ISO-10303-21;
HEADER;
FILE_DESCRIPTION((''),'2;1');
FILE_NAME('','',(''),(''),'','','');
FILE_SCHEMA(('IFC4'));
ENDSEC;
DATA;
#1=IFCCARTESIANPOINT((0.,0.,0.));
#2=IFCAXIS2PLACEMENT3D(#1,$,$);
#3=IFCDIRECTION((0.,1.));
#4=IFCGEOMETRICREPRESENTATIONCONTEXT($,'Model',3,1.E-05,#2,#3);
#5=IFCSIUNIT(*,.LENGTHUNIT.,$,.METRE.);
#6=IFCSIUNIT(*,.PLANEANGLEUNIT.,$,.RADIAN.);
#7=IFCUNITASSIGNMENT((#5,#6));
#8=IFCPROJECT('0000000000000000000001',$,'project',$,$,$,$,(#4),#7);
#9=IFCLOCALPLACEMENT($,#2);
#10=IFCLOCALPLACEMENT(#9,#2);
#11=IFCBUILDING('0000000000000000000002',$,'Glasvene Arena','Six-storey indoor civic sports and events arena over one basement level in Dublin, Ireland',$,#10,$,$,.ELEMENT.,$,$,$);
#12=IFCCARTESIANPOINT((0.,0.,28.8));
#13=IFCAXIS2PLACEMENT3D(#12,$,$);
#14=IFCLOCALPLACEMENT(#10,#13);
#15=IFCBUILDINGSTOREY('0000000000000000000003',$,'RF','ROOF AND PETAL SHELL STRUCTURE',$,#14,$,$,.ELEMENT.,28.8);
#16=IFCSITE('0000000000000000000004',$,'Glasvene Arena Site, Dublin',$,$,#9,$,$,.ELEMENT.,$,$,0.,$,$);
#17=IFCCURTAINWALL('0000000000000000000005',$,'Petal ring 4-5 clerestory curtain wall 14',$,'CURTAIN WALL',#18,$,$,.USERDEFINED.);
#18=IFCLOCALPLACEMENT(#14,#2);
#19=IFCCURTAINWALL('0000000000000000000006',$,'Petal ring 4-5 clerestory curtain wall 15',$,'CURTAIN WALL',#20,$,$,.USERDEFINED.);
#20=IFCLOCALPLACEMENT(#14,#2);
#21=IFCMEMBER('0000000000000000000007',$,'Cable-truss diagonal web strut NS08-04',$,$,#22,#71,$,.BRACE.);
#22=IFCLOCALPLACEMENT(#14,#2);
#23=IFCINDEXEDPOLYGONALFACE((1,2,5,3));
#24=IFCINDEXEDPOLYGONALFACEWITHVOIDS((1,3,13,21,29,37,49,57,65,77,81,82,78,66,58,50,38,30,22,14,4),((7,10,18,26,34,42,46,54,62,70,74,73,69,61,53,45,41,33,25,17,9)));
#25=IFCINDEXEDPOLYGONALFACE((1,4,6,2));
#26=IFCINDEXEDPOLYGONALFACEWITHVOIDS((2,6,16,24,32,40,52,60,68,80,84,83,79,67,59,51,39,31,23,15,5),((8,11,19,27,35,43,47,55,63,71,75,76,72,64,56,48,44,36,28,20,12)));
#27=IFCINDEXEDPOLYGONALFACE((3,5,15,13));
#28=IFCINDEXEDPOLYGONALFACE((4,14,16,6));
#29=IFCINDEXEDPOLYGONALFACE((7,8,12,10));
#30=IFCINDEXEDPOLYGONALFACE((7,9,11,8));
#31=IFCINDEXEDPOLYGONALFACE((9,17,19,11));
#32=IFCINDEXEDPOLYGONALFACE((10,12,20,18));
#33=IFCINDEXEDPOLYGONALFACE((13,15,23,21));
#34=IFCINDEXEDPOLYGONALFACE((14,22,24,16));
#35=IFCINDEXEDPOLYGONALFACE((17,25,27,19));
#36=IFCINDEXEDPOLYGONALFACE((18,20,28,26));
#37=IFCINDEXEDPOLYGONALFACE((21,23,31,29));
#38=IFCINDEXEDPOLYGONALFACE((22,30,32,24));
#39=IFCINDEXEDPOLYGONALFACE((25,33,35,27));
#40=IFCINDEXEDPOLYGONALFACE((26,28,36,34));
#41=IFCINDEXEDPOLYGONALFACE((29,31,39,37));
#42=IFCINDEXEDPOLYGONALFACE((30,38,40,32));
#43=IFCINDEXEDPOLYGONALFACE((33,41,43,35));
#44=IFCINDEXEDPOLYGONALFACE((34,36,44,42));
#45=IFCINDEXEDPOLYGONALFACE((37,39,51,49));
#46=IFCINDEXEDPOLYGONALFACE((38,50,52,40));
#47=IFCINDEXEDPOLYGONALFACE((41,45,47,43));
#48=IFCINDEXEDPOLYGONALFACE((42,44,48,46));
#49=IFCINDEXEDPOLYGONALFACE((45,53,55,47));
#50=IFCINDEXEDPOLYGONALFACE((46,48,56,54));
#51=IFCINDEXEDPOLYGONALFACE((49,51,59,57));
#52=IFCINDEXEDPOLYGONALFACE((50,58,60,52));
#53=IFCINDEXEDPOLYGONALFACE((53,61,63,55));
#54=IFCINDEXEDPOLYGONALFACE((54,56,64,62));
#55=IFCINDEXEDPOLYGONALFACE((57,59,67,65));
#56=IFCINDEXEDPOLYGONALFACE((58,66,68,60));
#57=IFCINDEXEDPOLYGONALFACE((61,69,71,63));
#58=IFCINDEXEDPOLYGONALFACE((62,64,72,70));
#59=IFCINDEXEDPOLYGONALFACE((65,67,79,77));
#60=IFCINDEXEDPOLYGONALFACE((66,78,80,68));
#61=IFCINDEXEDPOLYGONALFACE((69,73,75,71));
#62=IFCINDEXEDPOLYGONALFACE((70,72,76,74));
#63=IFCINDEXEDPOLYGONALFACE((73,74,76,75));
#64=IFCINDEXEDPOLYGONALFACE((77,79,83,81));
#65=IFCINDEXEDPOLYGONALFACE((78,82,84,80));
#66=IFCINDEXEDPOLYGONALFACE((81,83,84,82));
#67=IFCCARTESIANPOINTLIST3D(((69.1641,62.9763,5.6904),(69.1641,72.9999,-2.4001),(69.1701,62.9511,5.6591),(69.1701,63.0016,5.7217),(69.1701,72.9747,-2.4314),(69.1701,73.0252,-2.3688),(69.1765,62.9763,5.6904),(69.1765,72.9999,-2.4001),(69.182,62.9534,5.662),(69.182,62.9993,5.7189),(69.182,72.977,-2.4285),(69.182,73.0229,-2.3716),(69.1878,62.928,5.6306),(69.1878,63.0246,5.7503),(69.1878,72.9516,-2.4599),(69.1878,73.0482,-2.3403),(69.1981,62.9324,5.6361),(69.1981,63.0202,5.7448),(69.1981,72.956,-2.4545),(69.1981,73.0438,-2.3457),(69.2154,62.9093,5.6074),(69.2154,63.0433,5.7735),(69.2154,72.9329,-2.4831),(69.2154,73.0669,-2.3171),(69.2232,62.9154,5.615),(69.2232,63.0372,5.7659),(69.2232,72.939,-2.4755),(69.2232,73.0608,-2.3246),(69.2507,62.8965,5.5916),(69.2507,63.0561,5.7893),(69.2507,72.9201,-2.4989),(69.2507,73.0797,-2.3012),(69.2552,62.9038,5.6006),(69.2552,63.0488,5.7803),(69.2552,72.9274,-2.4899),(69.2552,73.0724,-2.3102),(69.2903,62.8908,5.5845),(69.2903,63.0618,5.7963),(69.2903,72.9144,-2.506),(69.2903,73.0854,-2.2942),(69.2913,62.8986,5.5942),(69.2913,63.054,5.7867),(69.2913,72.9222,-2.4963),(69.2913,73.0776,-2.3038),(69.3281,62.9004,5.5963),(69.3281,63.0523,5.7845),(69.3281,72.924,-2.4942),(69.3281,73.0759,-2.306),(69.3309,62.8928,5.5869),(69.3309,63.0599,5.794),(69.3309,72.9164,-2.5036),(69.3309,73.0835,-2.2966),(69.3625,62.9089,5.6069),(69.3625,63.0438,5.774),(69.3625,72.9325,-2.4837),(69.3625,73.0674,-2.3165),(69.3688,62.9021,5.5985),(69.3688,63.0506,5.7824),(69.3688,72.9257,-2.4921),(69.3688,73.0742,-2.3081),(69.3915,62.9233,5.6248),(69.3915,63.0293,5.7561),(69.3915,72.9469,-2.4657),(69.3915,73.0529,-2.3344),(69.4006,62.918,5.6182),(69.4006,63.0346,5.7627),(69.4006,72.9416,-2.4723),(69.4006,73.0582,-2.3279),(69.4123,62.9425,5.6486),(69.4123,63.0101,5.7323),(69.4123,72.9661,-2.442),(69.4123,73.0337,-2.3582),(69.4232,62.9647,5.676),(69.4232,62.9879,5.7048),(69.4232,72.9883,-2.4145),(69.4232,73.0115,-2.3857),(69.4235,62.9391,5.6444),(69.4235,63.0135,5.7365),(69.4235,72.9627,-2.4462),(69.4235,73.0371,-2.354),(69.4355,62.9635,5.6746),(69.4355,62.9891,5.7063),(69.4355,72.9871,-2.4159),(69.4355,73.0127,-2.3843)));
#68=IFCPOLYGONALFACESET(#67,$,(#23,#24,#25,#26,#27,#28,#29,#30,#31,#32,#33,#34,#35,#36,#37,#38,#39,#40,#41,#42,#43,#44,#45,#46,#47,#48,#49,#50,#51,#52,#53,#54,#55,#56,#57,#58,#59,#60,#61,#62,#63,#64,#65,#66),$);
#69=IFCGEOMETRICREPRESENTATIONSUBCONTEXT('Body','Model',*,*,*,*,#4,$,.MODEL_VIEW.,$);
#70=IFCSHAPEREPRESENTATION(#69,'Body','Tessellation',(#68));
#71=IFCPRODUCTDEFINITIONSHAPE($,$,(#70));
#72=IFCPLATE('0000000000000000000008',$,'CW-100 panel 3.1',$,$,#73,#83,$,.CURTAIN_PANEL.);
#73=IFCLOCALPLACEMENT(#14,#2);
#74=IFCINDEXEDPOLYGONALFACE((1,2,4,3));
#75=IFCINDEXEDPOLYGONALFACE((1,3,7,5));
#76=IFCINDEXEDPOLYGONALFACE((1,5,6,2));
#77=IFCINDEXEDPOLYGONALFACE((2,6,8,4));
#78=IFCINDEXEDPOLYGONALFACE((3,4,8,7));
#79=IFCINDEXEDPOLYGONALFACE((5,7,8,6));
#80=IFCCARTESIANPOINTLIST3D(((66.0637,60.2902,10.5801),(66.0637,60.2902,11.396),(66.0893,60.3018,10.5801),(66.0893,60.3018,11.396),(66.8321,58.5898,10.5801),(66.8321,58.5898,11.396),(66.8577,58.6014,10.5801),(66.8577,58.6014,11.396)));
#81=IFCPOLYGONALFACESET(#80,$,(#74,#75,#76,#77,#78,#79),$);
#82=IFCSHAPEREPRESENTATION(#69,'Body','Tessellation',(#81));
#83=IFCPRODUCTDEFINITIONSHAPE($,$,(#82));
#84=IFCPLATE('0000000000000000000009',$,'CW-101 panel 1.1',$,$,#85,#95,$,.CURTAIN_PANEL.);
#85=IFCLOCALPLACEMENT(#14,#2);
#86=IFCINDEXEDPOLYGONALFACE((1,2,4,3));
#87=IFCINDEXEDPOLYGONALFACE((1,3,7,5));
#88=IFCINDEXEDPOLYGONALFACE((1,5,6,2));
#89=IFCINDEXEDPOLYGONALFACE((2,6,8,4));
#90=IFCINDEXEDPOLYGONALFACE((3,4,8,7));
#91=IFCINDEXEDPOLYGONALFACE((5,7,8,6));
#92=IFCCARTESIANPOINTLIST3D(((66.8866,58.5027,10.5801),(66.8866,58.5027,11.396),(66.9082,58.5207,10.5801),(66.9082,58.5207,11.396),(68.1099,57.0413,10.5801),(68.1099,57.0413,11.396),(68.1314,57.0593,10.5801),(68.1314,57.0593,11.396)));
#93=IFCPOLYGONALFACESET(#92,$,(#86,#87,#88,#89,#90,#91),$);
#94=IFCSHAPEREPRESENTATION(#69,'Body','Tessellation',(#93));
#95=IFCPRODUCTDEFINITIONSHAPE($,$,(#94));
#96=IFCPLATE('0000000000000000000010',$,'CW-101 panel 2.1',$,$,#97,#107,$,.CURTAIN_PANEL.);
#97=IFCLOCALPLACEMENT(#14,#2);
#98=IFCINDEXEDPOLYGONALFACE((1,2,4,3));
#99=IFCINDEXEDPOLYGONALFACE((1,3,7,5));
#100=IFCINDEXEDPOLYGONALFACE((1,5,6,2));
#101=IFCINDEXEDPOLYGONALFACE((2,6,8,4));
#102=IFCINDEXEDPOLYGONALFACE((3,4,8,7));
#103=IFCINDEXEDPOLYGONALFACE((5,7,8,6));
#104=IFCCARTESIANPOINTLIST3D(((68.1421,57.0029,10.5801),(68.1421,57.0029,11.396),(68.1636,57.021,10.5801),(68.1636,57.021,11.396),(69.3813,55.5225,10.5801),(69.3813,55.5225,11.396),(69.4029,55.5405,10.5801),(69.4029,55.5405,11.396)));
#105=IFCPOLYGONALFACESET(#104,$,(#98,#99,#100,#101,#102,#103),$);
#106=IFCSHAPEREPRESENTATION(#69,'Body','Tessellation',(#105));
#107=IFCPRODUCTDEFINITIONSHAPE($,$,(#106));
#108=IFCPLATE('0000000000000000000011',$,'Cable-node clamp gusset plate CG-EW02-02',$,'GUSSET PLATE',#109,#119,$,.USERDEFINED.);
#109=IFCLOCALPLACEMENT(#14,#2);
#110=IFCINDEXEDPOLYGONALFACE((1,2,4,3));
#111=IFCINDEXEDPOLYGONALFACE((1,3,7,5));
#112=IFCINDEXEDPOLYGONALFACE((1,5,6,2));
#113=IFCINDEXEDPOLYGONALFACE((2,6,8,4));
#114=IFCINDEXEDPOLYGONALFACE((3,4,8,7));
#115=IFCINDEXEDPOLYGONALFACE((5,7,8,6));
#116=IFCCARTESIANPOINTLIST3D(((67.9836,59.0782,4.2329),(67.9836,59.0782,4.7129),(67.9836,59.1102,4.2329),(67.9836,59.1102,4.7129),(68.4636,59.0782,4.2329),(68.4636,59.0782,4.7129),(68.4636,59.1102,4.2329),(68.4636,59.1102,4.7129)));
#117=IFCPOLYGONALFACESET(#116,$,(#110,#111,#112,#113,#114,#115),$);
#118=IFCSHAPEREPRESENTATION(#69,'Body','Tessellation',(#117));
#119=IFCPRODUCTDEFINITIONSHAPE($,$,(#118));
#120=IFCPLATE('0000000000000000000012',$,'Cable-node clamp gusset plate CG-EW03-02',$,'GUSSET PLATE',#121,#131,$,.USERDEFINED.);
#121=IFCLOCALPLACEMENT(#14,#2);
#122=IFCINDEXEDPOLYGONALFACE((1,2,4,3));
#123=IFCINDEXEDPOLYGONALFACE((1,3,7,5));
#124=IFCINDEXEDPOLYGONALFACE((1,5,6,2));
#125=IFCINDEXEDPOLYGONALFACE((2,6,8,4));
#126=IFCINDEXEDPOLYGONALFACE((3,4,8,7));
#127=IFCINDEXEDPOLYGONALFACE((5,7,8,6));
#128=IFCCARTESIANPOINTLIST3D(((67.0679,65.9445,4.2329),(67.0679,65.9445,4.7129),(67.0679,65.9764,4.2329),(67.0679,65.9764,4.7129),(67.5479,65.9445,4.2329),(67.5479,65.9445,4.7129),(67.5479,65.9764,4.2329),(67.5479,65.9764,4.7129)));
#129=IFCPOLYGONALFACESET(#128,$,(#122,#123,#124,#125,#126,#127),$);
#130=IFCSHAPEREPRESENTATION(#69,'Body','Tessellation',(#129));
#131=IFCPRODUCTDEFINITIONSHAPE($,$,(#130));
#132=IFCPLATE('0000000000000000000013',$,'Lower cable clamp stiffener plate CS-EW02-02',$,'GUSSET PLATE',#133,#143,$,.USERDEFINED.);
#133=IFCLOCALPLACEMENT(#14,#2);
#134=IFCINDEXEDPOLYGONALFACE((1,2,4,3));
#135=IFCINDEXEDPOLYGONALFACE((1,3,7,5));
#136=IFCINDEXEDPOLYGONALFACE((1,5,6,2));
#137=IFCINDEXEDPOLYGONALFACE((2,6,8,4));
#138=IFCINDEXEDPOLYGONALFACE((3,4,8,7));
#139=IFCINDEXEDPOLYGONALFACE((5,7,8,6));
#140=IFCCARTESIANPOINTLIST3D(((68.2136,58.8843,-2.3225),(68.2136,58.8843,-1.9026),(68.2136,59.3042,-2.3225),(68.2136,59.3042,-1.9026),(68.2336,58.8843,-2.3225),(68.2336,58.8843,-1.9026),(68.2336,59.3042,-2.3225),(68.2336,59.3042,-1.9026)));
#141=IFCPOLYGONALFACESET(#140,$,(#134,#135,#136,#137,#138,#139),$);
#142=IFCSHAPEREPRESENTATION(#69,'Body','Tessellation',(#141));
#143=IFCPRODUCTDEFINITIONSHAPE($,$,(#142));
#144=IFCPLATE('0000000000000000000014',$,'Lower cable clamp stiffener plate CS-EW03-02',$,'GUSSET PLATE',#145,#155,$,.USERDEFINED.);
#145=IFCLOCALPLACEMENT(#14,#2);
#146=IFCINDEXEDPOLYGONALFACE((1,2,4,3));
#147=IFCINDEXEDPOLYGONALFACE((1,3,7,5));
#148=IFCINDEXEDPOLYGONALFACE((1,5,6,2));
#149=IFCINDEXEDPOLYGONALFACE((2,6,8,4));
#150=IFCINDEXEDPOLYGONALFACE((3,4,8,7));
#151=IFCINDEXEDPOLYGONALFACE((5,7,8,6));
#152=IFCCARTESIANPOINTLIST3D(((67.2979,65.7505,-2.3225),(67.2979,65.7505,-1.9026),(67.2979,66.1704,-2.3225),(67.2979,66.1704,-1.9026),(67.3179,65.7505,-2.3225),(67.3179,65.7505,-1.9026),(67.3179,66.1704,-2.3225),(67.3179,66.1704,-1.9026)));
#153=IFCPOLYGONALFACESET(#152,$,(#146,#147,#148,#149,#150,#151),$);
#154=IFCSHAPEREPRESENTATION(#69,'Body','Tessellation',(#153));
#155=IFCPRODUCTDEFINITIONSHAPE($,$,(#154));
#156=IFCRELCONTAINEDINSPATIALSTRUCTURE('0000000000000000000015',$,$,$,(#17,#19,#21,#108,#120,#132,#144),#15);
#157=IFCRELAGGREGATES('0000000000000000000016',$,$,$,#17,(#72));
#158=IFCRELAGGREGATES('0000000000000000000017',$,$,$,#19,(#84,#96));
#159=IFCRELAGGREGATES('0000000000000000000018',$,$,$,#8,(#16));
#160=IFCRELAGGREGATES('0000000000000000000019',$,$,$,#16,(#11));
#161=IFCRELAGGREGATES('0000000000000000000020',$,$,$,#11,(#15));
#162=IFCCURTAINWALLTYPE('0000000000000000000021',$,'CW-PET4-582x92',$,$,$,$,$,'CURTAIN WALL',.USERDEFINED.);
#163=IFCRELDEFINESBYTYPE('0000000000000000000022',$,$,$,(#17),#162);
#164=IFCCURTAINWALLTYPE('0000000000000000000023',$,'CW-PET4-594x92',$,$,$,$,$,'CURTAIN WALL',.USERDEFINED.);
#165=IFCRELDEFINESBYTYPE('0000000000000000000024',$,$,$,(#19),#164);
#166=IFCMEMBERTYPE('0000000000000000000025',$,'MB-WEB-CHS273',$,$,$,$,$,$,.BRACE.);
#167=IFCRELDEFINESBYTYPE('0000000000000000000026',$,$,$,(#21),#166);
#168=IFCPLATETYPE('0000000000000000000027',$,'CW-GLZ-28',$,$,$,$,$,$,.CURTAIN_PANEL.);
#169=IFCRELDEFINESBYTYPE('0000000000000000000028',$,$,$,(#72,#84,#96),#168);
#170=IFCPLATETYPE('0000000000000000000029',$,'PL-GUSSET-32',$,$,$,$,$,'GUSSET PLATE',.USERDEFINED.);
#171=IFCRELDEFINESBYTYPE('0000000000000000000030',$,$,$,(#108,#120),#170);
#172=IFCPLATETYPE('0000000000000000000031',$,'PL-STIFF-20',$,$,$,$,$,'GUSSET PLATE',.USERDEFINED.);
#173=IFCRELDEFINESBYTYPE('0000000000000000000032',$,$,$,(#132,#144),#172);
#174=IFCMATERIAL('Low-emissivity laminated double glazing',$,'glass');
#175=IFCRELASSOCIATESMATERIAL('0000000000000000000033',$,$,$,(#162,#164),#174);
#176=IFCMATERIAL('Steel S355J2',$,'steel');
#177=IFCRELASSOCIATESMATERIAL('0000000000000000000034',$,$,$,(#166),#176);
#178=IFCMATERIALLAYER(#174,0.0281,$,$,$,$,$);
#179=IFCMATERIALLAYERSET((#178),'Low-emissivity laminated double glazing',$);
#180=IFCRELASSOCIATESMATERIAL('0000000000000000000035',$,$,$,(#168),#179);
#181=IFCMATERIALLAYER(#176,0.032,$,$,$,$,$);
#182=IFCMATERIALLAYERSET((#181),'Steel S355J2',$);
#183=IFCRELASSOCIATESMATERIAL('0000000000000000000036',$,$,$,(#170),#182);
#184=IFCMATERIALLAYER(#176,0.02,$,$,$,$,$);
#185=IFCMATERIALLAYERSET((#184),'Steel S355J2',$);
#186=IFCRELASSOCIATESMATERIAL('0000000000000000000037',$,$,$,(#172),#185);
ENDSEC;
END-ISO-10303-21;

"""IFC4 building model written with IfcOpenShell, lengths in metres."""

from ifc_helpers import new_model, si_unit, direction, frame, origin, origin_2d, place, context, subcontext, project, spatial, rectangle, hollow_circle, extrude, material, layer, layer_set, material_profile, profile_set, type_object, element, aggregate, save


model = new_model("IFC4")

# Units and contexts
model_context = context("Model", 3, precision=1e-05, world=origin(), true_north=direction((0.0, 1.0)))
body_context = subcontext(model_context, "Body", "Model", "MODEL_VIEW")
ifc_project = project(units=[si_unit("LENGTHUNIT", "METRE"), si_unit("PLANEANGLEUNIT", "RADIAN")], contexts=[model_context])

# Site, building, storey
site_placement = place(None, origin())
site = spatial("IfcSite", under=ifc_project, at=site_placement, Name="Glasvene Arena Site, Dublin", CompositionType="ELEMENT", RefElevation=0.0)
building_placement = place(site_placement, origin())
building = spatial("IfcBuilding", under=site, at=building_placement, Name="Glasvene Arena", Description="Six-storey indoor civic sports and events arena over one basement level in Dublin, Ireland", CompositionType="ELEMENT")
storey_placement = place(building_placement, frame((0.0, 0.0, 28.8)))
storey = spatial("IfcBuildingStorey", under=building, at=storey_placement, Name="RF", Description="ROOF AND PETAL SHELL STRUCTURE", CompositionType="ELEMENT", Elevation=28.8)

# Curtain walls
ifc_material_1 = material(Name="Low-emissivity laminated double glazing", Category="glass")
curtain_wall_type_1 = type_object("IfcCurtainWallType", Name="CW-PET4-582x92", ElementType="CURTAIN WALL", PredefinedType="USERDEFINED", material=ifc_material_1)
curtain_wall_1_placement = place(storey_placement, frame((64.4678, 63.856, 0.0)))
curtain_wall_1 = element("IfcCurtainWall", 1, at=curtain_wall_1_placement, inside=storey, type_object=curtain_wall_type_1, Name="Petal ring 4-5 clerestory curtain wall 14", ObjectType="CURTAIN WALL", PredefinedType="USERDEFINED")
curtain_wall_type_2 = type_object("IfcCurtainWallType", Name="CW-PET4-594x92", ElementType="CURTAIN WALL", PredefinedType="USERDEFINED", material=ifc_material_1)
curtain_wall_2_placement = place(storey_placement, frame((66.8655, 58.55, 0.0)))
curtain_wall_2 = element("IfcCurtainWall", 2, at=curtain_wall_2_placement, inside=storey, type_object=curtain_wall_type_2, Name="Petal ring 4-5 clerestory curtain wall 15", ObjectType="CURTAIN WALL", PredefinedType="USERDEFINED")

# Member
ifc_material_2 = material(Name="Steel S355J2", Category="steel")
ifc_material_profile_1 = material_profile(ifc_material_2, hollow_circle(Radius=0.1365, WallThickness=0.0125, at=origin_2d()), Name="CHS 273.0x12.5")
ifc_profile_set_1 = profile_set([ifc_material_profile_1], Name="Steel S355J2")
member_type_1 = type_object("IfcMemberType", Name="MB-WEB-CHS273", PredefinedType="BRACE", material=ifc_profile_set_1)
member_1_placement = place(storey_placement, frame((69.3005, 62.9763, 5.6904), z_axis=(0.0, 0.778149, -0.62808), x_axis=(-1.0, 0.0, 0.0)))
element("IfcMember", 3, at=member_1_placement, inside=storey, type_object=member_type_1, Name="Cable-truss diagonal web strut NS08-04", PredefinedType="BRACE", context=body_context, shape_type="SweptSolid", body=[
    extrude(hollow_circle(Radius=0.1365, WallThickness=0.0125, at=origin_2d()), origin(), (0.0, 0.0, 1.0), 12.8813),
])

# Plates
ifc_layer_1 = layer(ifc_material_1, 0.0281)
ifc_layer_set_1 = layer_set([ifc_layer_1], Name="Low-emissivity laminated double glazing")
plate_type_1 = type_object("IfcPlateType", Name="CW-GLZ-28", PredefinedType="CURTAIN_PANEL", material=ifc_layer_set_1)
plate_1_placement = place(storey_placement, frame((66.4607, 59.4458, 10.5801), z_axis=(0.0, 0.0, 1.0), x_axis=(0.411778, -0.911284, 0.0)))
plate_1 = element("IfcPlate", 4, at=plate_1_placement, type_object=plate_type_1, Name="CW-100 panel 3.1", PredefinedType="CURTAIN_PANEL", context=body_context, shape_type="SweptSolid", body=[
    extrude(rectangle(XDim=1.866, YDim=0.0281, at=origin_2d()), origin(), (0.0, 0.0, 1.0), 0.8159),
])
aggregate(curtain_wall_1, [plate_1])
plate_2_placement = place(storey_placement, frame((67.509, 57.781, 10.5801), z_axis=(0.0, 0.0, 1.0), x_axis=(0.64188, -0.766805, 0.0)))
plate_2 = element("IfcPlate", 5, at=plate_2_placement, type_object=plate_type_1, Name="CW-101 panel 1.1", PredefinedType="CURTAIN_PANEL", context=body_context, shape_type="SweptSolid", body=[
    extrude(rectangle(XDim=1.9058, YDim=0.0281, at=origin_2d()), origin(), (0.0, 0.0, 1.0), 0.8159),
])
plate_3_placement = place(storey_placement, frame((68.7725, 56.2717, 10.5801), z_axis=(0.0, 0.0, 1.0), x_axis=(0.64188, -0.766805, 0.0)))
plate_3 = element("IfcPlate", 6, at=plate_3_placement, type_object=plate_type_1, Name="CW-101 panel 2.1", PredefinedType="CURTAIN_PANEL", context=body_context, shape_type="SweptSolid", body=[
    extrude(rectangle(XDim=1.9307, YDim=0.0281, at=origin_2d()), origin(), (0.0, 0.0, 1.0), 0.8159),
])
aggregate(curtain_wall_2, [plate_2, plate_3])

# Plates
ifc_layer_2 = layer(ifc_material_2, 0.032)
ifc_layer_set_2 = layer_set([ifc_layer_2], Name="Steel S355J2")
plate_type_2 = type_object("IfcPlateType", Name="PL-GUSSET-32", ElementType="GUSSET PLATE", PredefinedType="USERDEFINED", material=ifc_layer_set_2)
for number, where, z_axis, x_axis, name in (
    (7, (68.2236, 59.0942, 4.2329), (0.0, 0.0, 1.0), (1.0, 0.0, 0.0), "Cable-node clamp gusset plate CG-EW02-02"),
    (8, (67.3079, 65.9604, 4.2329), (0.0, 0.0, 1.0), (1.0, 0.0, 0.0), "Cable-node clamp gusset plate CG-EW03-02"),
):
    element("IfcPlate", number, at=place(storey_placement, frame(where, z_axis=z_axis, x_axis=x_axis)), inside=storey, type_object=plate_type_2, Name=name, ObjectType="GUSSET PLATE", PredefinedType="USERDEFINED", context=body_context, shape_type="SweptSolid", body=[
        extrude(rectangle(XDim=0.48, YDim=0.032, at=origin_2d()), origin(), (0.0, 0.0, 1.0), 0.48),
    ])
ifc_layer_3 = layer(ifc_material_2, 0.02)
ifc_layer_set_3 = layer_set([ifc_layer_3], Name="Steel S355J2")
plate_type_3 = type_object("IfcPlateType", Name="PL-STIFF-20", ElementType="GUSSET PLATE", PredefinedType="USERDEFINED", material=ifc_layer_set_3)
for number, where, z_axis, x_axis, name in (
    (9, (68.2236, 59.0942, -2.3225), (0.0, 0.0, 1.0), (1.0, 0.0, 0.0), "Lower cable clamp stiffener plate CS-EW02-02"),
    (10, (67.3079, 65.9604, -2.3225), (0.0, 0.0, 1.0), (1.0, 0.0, 0.0), "Lower cable clamp stiffener plate CS-EW03-02"),
):
    element("IfcPlate", number, at=place(storey_placement, frame(where, z_axis=z_axis, x_axis=x_axis)), inside=storey, type_object=plate_type_3, Name=name, ObjectType="GUSSET PLATE", PredefinedType="USERDEFINED", context=body_context, shape_type="SweptSolid", body=[
        extrude(rectangle(XDim=0.02, YDim=0.4199, at=origin_2d()), origin(), (0.0, 0.0, 1.0), 0.4199),
    ])

save(model, "model.ifc")
